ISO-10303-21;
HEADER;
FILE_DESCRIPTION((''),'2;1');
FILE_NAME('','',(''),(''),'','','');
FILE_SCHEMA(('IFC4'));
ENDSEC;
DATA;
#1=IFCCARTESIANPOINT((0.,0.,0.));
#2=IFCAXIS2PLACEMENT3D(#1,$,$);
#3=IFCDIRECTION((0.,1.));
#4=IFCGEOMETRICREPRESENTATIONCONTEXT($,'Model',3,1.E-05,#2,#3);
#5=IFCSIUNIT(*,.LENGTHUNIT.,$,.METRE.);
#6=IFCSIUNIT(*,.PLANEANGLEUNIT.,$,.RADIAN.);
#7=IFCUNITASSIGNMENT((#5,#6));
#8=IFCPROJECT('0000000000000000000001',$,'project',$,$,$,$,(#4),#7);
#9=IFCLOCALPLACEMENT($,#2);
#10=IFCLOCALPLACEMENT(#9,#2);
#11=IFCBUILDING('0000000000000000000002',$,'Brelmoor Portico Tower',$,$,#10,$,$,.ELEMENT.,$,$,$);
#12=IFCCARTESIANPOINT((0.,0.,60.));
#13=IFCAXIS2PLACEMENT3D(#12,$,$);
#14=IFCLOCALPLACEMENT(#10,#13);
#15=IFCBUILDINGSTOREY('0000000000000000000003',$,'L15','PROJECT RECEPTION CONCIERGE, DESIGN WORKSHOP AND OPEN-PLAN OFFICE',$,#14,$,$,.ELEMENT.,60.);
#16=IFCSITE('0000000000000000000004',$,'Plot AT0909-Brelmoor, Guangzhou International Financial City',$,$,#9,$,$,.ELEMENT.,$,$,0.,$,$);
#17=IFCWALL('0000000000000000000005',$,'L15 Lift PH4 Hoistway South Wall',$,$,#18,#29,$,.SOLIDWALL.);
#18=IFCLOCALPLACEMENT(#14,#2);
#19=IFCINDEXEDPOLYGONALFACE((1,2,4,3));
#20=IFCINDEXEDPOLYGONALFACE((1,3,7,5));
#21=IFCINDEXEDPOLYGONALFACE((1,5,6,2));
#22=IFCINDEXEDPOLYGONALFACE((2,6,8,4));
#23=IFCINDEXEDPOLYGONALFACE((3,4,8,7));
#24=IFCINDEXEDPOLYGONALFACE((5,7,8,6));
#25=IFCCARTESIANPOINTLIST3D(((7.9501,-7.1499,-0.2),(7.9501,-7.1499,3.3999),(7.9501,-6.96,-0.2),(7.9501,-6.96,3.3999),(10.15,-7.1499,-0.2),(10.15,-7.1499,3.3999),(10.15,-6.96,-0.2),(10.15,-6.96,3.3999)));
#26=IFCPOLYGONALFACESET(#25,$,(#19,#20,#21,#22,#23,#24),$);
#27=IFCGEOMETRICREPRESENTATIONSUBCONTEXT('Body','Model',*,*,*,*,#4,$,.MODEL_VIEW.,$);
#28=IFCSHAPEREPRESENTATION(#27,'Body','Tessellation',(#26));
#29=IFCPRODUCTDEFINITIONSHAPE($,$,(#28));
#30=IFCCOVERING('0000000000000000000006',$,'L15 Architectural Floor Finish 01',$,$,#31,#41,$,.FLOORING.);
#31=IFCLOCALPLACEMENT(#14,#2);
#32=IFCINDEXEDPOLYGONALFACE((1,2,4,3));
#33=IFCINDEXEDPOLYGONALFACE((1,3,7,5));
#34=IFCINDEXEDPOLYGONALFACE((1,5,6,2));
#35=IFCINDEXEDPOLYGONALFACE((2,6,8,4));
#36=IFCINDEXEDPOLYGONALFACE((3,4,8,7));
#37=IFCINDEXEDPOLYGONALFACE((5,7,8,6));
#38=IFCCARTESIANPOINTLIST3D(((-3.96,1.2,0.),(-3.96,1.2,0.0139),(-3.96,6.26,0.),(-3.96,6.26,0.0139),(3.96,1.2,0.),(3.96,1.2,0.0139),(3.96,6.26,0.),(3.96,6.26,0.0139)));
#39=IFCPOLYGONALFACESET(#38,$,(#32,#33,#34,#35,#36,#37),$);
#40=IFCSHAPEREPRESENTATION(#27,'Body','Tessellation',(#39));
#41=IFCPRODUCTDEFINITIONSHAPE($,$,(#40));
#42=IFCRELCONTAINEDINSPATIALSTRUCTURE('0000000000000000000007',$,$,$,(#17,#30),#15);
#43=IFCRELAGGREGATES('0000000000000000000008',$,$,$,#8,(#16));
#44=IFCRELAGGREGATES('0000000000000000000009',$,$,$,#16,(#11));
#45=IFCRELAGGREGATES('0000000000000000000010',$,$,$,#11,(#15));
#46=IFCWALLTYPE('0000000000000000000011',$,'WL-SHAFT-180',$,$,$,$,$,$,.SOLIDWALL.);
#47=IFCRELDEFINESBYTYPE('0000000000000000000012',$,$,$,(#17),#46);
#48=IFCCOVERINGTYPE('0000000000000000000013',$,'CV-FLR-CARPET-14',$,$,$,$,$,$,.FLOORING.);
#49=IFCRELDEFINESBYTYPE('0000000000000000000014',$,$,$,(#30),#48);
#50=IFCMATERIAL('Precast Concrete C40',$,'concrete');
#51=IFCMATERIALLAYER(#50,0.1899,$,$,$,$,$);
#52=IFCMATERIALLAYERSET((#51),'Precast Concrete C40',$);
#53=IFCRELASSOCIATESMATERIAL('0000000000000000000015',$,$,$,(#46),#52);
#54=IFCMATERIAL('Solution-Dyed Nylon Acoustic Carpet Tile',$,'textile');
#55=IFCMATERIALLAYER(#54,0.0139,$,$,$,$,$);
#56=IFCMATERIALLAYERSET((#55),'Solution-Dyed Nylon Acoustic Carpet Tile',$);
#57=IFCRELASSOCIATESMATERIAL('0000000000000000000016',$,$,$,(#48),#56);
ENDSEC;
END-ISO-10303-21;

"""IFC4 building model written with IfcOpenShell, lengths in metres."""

from ifc_helpers import new_model, si_unit, direction, frame, frame_2d, origin, place, context, subcontext, project, spatial, polyline, rectangle, outline, extrude, material, layer, layer_set, type_object, element, save


model = new_model("IFC4")

# Units and contexts
model_context = context("Model", 3, precision=1e-05, world=origin(), true_north=direction((0.0, 1.0)))
body_context = subcontext(model_context, "Body", "Model", "MODEL_VIEW")
ifc_project = project(units=[si_unit("LENGTHUNIT", "METRE"), si_unit("PLANEANGLEUNIT", "RADIAN")], contexts=[model_context])

# Site, building, storey
site_placement = place(None, origin())
site = spatial("IfcSite", under=ifc_project, at=site_placement, Name="Plot AT0909-Brelmoor, Guangzhou International Financial City", CompositionType="ELEMENT", RefElevation=0.0)
building_placement = place(site_placement, origin())
building = spatial("IfcBuilding", under=site, at=building_placement, Name="Brelmoor Portico Tower", CompositionType="ELEMENT")
storey_placement = place(building_placement, frame((0.0, 0.0, 60.0)))
storey = spatial("IfcBuildingStorey", under=building, at=storey_placement, Name="L15", Description="PROJECT RECEPTION CONCIERGE, DESIGN WORKSHOP AND OPEN-PLAN OFFICE", CompositionType="ELEMENT", Elevation=60.0)

# Wall
ifc_material_1 = material(Name="Precast Concrete C40", Category="concrete")
ifc_layer_1 = layer(ifc_material_1, 0.1899)
ifc_layer_set_1 = layer_set([ifc_layer_1], Name="Precast Concrete C40")
wall_type_1 = type_object("IfcWallType", Name="WL-SHAFT-180", PredefinedType="SOLIDWALL", material=ifc_layer_set_1)
for number, where, z_axis, x_axis, name in (
    (1, (7.95, -7.0549, -0.2), (0.0, 0.0, 1.0), (1.0, 0.0, 0.0), "L15 Lift PH4 Hoistway South Wall"),
):
    element("IfcWall", number, at=place(storey_placement, frame(where, z_axis=z_axis, x_axis=x_axis)), inside=storey, type_object=wall_type_1, Name=name, PredefinedType="SOLIDWALL", context=body_context, shape_type="SweptSolid", body=[
        extrude(rectangle(XDim=2.2, YDim=0.1899, at=frame_2d((1.1001, 0.0))), origin(), (0.0, 0.0, 1.0), 3.5999),
    ])

# Covering
ifc_material_2 = material(Name="Solution-Dyed Nylon Acoustic Carpet Tile", Category="textile")
ifc_layer_2 = layer(ifc_material_2, 0.0139)
ifc_layer_set_2 = layer_set([ifc_layer_2], Name="Solution-Dyed Nylon Acoustic Carpet Tile")
covering_type = type_object("IfcCoveringType", Name="CV-FLR-CARPET-14", PredefinedType="FLOORING", material=ifc_layer_set_2)
covering_placement = place(storey_placement, origin())
element("IfcCovering", 2, at=covering_placement, inside=storey, type_object=covering_type, Name="L15 Architectural Floor Finish 01", PredefinedType="FLOORING", context=body_context, shape_type="SweptSolid", body=[
    extrude(outline(polyline([(-3.96, 1.2), (-3.96, 6.26), (3.96, 6.26), (3.96, 1.2), (-3.96, 1.2)])), origin(), (0.0, 0.0, 1.0), 0.0139),
])

save(model, "model.ifc")
